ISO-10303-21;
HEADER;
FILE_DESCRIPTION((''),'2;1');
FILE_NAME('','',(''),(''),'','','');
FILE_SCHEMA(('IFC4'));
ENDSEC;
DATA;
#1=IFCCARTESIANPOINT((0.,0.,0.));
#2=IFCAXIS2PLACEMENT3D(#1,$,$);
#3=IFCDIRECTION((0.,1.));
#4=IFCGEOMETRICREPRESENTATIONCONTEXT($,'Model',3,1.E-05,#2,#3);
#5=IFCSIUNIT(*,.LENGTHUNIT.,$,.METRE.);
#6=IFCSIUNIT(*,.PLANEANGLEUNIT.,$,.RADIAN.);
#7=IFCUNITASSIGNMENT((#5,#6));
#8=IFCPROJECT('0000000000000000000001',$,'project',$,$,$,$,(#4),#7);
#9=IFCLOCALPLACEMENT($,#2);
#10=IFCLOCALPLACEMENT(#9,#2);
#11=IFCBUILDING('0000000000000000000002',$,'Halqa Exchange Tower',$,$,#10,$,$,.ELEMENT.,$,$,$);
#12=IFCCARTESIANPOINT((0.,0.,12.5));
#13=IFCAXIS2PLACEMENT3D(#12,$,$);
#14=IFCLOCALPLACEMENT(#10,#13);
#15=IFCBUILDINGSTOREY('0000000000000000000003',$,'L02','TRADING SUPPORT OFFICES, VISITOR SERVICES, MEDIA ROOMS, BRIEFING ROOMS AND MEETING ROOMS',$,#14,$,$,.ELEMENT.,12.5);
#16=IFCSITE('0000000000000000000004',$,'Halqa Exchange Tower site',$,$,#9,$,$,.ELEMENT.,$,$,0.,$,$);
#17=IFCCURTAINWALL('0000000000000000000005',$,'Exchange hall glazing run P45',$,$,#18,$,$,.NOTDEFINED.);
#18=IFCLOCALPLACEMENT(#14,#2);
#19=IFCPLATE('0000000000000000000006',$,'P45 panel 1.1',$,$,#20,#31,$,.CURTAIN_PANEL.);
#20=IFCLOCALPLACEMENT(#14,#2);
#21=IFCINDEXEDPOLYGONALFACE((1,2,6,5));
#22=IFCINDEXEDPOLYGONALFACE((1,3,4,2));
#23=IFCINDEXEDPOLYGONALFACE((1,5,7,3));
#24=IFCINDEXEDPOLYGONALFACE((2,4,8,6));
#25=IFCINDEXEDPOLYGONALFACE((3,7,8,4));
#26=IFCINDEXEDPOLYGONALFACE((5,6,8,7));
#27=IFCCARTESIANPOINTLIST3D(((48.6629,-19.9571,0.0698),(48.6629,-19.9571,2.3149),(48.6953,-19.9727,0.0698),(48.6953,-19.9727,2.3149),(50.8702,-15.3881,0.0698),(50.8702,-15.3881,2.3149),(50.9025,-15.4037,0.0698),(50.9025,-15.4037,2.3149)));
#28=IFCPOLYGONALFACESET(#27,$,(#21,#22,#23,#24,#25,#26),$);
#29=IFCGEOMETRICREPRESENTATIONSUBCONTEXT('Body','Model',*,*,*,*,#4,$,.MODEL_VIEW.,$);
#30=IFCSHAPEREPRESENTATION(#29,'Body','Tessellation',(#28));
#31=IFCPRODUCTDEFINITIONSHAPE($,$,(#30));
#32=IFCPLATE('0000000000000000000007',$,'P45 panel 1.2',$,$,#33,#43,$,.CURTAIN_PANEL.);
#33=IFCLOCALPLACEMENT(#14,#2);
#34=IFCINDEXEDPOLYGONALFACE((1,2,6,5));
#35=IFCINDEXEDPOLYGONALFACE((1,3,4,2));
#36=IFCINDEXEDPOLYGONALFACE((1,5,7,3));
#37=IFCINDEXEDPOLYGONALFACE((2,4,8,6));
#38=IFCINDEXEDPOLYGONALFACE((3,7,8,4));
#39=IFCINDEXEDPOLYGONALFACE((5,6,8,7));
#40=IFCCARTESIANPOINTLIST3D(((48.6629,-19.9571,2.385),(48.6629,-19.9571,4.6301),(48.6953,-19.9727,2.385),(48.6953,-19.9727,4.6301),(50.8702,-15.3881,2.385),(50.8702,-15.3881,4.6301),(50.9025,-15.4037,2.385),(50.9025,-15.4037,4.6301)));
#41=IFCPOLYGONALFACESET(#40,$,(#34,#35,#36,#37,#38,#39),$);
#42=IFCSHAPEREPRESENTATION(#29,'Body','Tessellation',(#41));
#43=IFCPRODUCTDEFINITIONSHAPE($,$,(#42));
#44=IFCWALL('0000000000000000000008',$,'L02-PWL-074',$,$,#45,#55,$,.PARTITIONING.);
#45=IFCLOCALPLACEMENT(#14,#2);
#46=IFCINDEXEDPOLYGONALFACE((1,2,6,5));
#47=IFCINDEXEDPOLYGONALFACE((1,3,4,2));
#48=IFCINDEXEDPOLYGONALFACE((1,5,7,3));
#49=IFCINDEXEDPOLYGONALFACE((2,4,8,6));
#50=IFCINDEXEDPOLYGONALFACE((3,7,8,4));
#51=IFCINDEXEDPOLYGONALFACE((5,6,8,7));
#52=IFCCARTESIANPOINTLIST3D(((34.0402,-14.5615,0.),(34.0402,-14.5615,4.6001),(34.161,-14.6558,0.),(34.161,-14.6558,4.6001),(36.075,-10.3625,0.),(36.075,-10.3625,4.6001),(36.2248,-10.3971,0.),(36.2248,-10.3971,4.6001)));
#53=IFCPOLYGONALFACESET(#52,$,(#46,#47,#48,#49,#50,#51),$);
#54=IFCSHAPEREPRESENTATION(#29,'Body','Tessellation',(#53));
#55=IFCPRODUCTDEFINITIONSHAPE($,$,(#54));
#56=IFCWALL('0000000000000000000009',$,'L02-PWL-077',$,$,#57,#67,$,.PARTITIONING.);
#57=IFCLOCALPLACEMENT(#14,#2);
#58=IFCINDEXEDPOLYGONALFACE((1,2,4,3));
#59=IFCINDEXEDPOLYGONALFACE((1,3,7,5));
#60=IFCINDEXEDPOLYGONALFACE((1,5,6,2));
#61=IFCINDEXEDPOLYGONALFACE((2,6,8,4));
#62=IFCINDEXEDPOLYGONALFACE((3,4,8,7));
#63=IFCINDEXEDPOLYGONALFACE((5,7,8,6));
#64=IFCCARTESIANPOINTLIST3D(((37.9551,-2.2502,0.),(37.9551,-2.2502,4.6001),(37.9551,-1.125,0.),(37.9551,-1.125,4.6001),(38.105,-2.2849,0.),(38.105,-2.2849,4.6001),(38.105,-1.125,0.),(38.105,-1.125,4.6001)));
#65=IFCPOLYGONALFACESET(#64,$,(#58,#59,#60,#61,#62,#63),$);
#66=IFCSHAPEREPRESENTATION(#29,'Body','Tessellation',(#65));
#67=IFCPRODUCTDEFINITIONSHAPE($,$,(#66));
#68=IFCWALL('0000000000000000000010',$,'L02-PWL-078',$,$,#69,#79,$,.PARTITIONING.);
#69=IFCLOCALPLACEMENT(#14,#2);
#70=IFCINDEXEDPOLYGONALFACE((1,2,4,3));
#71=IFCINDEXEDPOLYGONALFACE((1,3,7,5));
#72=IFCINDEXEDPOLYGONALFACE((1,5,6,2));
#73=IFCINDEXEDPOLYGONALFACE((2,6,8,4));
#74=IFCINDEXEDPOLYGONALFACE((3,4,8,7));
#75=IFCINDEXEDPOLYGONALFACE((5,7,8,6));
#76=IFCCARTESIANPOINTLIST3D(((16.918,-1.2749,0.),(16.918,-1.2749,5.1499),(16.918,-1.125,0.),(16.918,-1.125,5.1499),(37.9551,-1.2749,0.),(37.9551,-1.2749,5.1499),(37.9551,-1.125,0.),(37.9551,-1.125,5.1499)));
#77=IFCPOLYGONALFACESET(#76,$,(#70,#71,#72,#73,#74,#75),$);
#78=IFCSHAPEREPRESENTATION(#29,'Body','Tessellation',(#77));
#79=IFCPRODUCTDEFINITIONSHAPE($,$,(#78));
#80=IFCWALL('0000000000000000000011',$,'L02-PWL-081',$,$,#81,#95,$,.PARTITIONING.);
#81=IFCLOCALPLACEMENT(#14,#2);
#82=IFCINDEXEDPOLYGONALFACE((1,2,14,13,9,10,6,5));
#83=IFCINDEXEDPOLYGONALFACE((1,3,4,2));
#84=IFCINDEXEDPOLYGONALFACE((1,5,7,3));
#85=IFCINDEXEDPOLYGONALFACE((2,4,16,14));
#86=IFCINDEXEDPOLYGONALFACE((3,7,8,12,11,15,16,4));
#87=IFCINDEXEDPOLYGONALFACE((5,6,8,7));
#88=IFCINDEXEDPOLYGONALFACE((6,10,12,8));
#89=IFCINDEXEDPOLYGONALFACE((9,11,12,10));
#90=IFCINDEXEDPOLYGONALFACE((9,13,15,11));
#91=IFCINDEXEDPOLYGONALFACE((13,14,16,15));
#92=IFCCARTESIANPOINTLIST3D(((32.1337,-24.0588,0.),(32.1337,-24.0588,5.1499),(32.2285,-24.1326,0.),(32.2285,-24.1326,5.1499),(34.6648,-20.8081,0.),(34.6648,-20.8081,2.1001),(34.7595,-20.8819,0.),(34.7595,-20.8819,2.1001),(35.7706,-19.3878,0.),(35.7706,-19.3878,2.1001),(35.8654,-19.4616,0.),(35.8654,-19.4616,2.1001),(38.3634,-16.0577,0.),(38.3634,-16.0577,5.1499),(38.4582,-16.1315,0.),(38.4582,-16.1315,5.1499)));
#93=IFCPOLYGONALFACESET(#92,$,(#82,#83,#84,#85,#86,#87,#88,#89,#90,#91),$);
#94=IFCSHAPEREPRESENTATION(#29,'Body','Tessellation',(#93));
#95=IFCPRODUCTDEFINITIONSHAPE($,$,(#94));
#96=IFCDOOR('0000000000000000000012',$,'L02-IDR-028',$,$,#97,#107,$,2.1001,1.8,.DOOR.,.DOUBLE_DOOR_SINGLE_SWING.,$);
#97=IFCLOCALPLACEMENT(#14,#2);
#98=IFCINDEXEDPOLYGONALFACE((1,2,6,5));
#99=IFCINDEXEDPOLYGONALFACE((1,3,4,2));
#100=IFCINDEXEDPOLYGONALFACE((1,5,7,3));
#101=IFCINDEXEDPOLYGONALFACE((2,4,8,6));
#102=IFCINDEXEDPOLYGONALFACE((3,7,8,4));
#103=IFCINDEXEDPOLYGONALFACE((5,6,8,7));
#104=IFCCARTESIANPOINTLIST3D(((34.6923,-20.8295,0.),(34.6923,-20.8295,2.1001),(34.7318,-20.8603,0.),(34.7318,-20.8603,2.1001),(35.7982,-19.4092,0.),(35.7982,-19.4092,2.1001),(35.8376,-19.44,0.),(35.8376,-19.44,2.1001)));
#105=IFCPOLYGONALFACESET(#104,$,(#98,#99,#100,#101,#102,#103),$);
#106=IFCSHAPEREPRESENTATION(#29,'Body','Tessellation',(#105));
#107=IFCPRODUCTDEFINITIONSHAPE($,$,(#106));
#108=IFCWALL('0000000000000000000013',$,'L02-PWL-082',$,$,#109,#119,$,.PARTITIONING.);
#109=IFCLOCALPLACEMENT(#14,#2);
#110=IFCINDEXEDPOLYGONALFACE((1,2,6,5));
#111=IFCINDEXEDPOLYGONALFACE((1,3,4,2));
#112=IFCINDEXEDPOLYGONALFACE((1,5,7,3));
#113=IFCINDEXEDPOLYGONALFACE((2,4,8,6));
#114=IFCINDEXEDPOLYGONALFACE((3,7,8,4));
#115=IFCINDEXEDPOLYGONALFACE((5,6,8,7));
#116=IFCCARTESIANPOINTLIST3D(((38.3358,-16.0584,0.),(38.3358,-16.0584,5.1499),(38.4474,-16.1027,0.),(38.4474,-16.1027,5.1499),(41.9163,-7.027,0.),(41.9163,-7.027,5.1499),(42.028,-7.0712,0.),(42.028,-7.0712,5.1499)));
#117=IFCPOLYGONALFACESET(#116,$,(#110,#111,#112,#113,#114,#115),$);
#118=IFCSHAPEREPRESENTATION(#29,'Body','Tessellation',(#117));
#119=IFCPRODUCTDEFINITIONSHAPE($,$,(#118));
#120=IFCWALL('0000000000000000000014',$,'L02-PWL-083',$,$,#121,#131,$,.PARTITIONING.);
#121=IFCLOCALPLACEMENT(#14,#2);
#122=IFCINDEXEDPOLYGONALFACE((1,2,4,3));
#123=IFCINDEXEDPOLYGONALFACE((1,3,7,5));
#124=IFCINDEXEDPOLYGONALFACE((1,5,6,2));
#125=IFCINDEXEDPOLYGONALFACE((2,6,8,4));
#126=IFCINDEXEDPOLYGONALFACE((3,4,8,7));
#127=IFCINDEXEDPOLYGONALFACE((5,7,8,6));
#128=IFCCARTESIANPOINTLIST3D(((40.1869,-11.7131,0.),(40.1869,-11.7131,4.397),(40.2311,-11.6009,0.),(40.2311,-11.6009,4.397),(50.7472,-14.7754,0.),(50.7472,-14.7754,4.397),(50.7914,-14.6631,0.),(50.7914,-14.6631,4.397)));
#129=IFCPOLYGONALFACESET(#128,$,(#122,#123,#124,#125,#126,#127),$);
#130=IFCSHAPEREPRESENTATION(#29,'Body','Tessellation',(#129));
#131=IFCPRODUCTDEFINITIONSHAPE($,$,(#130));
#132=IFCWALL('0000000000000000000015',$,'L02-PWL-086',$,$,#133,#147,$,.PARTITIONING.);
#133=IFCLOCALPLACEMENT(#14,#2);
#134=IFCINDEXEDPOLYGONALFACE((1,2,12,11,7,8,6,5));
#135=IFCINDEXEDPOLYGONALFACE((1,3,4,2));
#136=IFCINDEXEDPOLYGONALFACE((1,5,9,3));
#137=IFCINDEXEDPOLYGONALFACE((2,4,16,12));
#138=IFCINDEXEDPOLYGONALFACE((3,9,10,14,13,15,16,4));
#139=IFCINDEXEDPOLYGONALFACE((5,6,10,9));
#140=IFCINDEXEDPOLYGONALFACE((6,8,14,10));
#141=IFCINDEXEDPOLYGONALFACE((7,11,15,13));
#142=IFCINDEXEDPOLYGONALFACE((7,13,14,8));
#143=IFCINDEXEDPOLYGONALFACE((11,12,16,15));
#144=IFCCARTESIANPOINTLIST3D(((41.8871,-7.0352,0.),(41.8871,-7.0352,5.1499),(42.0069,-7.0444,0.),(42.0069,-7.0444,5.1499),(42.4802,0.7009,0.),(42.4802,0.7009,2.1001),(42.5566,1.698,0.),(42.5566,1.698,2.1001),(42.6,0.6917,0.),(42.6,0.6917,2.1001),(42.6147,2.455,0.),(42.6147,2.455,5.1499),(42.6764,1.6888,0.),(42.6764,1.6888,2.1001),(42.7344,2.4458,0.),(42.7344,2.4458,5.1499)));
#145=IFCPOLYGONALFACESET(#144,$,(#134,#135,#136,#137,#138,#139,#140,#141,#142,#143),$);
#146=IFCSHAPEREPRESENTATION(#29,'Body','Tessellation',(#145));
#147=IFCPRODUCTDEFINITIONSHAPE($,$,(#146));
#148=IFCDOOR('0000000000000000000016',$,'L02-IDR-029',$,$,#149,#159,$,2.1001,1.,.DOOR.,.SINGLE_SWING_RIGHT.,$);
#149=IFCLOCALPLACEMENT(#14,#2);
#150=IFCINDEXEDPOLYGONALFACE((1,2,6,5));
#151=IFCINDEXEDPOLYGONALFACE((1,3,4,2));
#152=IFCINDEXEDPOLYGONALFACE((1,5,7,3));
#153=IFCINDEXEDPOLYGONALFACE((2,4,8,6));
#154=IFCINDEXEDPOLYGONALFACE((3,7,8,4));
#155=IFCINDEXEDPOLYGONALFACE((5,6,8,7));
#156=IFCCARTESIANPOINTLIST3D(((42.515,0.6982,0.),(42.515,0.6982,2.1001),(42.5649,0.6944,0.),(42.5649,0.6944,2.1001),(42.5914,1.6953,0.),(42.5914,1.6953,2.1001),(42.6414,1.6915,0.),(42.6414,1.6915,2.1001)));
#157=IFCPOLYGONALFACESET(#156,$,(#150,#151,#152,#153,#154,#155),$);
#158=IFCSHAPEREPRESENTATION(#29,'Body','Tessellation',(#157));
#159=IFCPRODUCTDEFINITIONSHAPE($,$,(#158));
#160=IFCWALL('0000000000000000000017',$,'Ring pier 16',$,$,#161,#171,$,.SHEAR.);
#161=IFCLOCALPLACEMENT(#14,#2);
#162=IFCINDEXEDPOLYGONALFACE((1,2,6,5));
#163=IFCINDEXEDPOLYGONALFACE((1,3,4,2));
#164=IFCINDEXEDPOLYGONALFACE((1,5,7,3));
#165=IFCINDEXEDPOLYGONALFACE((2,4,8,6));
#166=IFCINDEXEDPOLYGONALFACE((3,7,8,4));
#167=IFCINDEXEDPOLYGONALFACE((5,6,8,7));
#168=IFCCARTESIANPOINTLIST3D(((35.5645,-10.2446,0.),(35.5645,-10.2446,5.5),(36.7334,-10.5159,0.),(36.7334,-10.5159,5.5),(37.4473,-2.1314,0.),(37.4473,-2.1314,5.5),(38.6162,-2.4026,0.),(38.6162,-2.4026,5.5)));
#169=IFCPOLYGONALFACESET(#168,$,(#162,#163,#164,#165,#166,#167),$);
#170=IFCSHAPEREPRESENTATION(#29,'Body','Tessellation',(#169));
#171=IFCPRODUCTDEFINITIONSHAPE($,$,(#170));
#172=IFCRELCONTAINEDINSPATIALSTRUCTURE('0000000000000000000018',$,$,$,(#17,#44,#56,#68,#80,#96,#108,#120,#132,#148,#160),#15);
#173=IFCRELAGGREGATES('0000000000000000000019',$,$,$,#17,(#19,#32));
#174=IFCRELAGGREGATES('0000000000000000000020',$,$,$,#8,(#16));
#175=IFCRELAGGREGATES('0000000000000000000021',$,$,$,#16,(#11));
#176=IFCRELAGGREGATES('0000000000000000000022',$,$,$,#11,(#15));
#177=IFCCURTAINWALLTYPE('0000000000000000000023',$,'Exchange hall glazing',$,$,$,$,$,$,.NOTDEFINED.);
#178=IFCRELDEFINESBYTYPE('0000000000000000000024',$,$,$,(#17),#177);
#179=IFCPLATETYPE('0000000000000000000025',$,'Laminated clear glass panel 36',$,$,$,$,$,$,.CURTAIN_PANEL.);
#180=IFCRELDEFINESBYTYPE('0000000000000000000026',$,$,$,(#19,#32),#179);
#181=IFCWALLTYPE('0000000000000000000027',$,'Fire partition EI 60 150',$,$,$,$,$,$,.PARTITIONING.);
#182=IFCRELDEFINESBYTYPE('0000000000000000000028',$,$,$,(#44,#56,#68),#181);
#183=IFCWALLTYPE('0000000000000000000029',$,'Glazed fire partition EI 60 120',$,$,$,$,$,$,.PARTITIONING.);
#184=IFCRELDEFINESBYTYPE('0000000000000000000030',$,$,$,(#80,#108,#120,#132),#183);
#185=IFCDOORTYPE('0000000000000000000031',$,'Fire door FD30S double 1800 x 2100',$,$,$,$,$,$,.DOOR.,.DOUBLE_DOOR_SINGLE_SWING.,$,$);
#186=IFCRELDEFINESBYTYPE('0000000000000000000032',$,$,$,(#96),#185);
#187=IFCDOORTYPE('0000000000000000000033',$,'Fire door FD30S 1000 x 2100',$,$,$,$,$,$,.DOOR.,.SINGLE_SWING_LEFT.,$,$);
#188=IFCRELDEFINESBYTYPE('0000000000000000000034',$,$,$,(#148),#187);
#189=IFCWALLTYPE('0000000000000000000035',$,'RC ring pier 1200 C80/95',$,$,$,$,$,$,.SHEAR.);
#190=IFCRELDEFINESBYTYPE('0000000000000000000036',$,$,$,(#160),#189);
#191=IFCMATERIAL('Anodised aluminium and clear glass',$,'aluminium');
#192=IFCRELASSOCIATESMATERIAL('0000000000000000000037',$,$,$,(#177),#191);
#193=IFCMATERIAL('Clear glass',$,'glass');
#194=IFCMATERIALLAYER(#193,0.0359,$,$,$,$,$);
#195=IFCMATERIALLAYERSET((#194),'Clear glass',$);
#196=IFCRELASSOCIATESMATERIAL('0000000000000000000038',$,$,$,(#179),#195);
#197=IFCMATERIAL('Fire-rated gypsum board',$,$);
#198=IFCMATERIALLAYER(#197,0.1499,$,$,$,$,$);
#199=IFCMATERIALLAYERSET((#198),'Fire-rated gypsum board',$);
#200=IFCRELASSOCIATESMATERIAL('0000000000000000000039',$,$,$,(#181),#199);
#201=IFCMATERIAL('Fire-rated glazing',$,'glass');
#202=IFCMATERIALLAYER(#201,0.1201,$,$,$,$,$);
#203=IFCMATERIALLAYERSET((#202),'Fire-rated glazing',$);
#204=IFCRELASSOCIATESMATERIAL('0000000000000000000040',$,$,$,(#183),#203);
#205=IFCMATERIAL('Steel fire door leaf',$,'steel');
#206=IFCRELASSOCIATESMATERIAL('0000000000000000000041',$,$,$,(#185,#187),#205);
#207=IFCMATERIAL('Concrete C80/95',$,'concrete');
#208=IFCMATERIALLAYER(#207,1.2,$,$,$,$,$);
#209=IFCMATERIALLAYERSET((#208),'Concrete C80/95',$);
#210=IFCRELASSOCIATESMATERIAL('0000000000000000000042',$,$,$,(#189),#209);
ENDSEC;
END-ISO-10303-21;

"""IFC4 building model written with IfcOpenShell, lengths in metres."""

from ifc_helpers import new_model, si_unit, direction, frame, frame_2d, origin, origin_2d, place, context, subcontext, project, spatial, polyline, rectangle, outline, extrude, material, layer, layer_set, type_object, element, fill, aggregate, save


model = new_model("IFC4")

# Units and contexts
model_context = context("Model", 3, precision=1e-05, world=origin(), true_north=direction((0.0, 1.0)))
body_context = subcontext(model_context, "Body", "Model", "MODEL_VIEW")
ifc_project = project(units=[si_unit("LENGTHUNIT", "METRE"), si_unit("PLANEANGLEUNIT", "RADIAN")], contexts=[model_context])

# Site, building, storey
site_placement = place(None, origin())
site = spatial("IfcSite", under=ifc_project, at=site_placement, Name="Halqa Exchange Tower site", CompositionType="ELEMENT", RefElevation=0.0)
building_placement = place(site_placement, origin())
building = spatial("IfcBuilding", under=site, at=building_placement, Name="Halqa Exchange Tower", CompositionType="ELEMENT")
storey_placement = place(building_placement, frame((0.0, 0.0, 12.5)))
storey = spatial("IfcBuildingStorey", under=building, at=storey_placement, Name="L02", Description="TRADING SUPPORT OFFICES, VISITOR SERVICES, MEDIA ROOMS, BRIEFING ROOMS AND MEETING ROOMS", CompositionType="ELEMENT", Elevation=12.5)

# Shared definitions
ifc_material_1 = material(Name="Anodised aluminium and clear glass", Category="aluminium")
curtain_wall_type = type_object("IfcCurtainWallType", Name="Exchange hall glazing", PredefinedType="NOTDEFINED", material=ifc_material_1)

# Curtain wall
curtain_wall_1_placement = place(storey_placement, origin())
curtain_wall_1 = element("IfcCurtainWall", 1, at=curtain_wall_1_placement, inside=storey, type_object=curtain_wall_type, Name="Exchange hall glazing run P45", PredefinedType="NOTDEFINED")

# Plates
ifc_material_2 = material(Name="Clear glass", Category="glass")
ifc_layer_1 = layer(ifc_material_2, 0.0359)
ifc_layer_set_1 = layer_set([ifc_layer_1], Name="Clear glass")
plate_type = type_object("IfcPlateType", Name="Laminated clear glass panel 36", PredefinedType="CURTAIN_PANEL", material=ifc_layer_set_1)
plate_1_placement = place(storey_placement, frame((49.7827, -17.6804, 0.0698), z_axis=(0.0, 0.0, 1.0), x_axis=(0.43499, 0.900435, 0.0)))
plate_1 = element("IfcPlate", 2, at=plate_1_placement, type_object=plate_type, Name="P45 panel 1.1", PredefinedType="CURTAIN_PANEL", context=body_context, shape_type="SweptSolid", body=[
    extrude(rectangle(XDim=5.0742, YDim=0.0359, at=origin_2d()), origin(), (0.0, 0.0, 1.0), 2.2451),
])
plate_2_placement = place(storey_placement, frame((49.7827, -17.6804, 2.385), z_axis=(0.0, 0.0, 1.0), x_axis=(0.43499, 0.900435, 0.0)))
plate_2 = element("IfcPlate", 3, at=plate_2_placement, type_object=plate_type, Name="P45 panel 1.2", PredefinedType="CURTAIN_PANEL", context=body_context, shape_type="SweptSolid", body=[
    extrude(rectangle(XDim=5.0742, YDim=0.0359, at=origin_2d()), origin(), (0.0, 0.0, 1.0), 2.2451),
])
aggregate(curtain_wall_1, [plate_1, plate_2])

# Walls
ifc_material_3 = material(Name="Fire-rated gypsum board")
ifc_layer_2 = layer(ifc_material_3, 0.1499)
ifc_layer_set_2 = layer_set([ifc_layer_2], Name="Fire-rated gypsum board")
wall_type_1 = type_object("IfcWallType", Name="Fire partition EI 60 150", PredefinedType="PARTITIONING", material=ifc_layer_set_2)
wall_1_placement = place(storey_placement, frame((34.1006, -14.6086, 0.0), z_axis=(0.0, 0.0, 1.0), x_axis=(0.436103, 0.899897, 0.0)))
element("IfcWall", 4, at=wall_1_placement, inside=storey, type_object=wall_type_1, Name="L02-PWL-074", PredefinedType="PARTITIONING", context=body_context, shape_type="SweptSolid", body=[
    extrude(outline(polyline([(-0.0161, -0.075), (4.7163, -0.075), (4.6821, 0.075), (0.0161, 0.075), (-0.0161, -0.075)])), origin(), (0.0, 0.0, 1.0), 4.6001),
])
wall_2_placement = place(storey_placement, frame((38.03, -2.2676, 0.0), z_axis=(0.0, 0.0, 1.0), x_axis=(0.0, 1.0, 0.0)))
element("IfcWall", 5, at=wall_2_placement, inside=storey, type_object=wall_type_1, Name="L02-PWL-077", PredefinedType="PARTITIONING", context=body_context, shape_type="SweptSolid", body=[
    extrude(outline(polyline([(-0.0173, -0.075), (1.1426, -0.075), (1.1426, 0.075), (0.0173, 0.075), (-0.0173, -0.075)])), origin(), (0.0, 0.0, 1.0), 4.6001),
])
wall_3_placement = place(storey_placement, frame((37.9551, -1.2, 0.0), z_axis=(0.0, 0.0, 1.0), x_axis=(-1.0, 0.0, 0.0)))
element("IfcWall", 6, at=wall_3_placement, inside=storey, type_object=wall_type_1, Name="L02-PWL-078", PredefinedType="PARTITIONING", context=body_context, shape_type="SweptSolid", body=[
    extrude(rectangle(XDim=21.0371, YDim=0.1499, at=frame_2d((10.5186, 0.0))), origin(), (0.0, 0.0, 1.0), 5.1499),
])

# Wall, opening, door
ifc_material_4 = material(Name="Fire-rated glazing", Category="glass")
ifc_layer_3 = layer(ifc_material_4, 0.1201)
ifc_layer_set_3 = layer_set([ifc_layer_3], Name="Fire-rated glazing")
wall_type_2 = type_object("IfcWallType", Name="Glazed fire partition EI 60 120", PredefinedType="PARTITIONING", material=ifc_layer_set_3)
wall_4_placement = place(storey_placement, frame((38.4109, -16.0945, 0.0), z_axis=(0.0, 0.0, 1.0), x_axis=(-0.614344, -0.789038, 0.0)))
wall_4 = element("IfcWall", 7, at=wall_4_placement, inside=storey, type_object=wall_type_2, Name="L02-PWL-081", PredefinedType="PARTITIONING", context=body_context, shape_type="SweptSolid", body=[
    extrude(rectangle(XDim=10.1404, YDim=0.1201, at=frame_2d((5.0703, 0.0))), origin(), (0.0, 0.0, 1.0), 5.1499),
])
opening_1_placement = place(wall_4_placement, frame((4.2207, 0.0, 0.0)))
opening_1 = element("IfcOpeningElement", 8, at=opening_1_placement, cuts=wall_4, PredefinedType="OPENING", context=body_context, shape_type="SweptSolid", body=[
    extrude(rectangle(XDim=1.8, YDim=2.1001, at=frame_2d((0.8999, 1.05))), frame((0.0, 0.072, 0.0), z_axis=(0.0, -1.0, 0.0), x_axis=(1.0, 0.0, 0.0)), (0.0, 0.0, 1.0), 0.144),
])
ifc_material_5 = material(Name="Steel fire door leaf", Category="steel")
door_type_1 = type_object("IfcDoorType", Name="Fire door FD30S double 1800 x 2100", OperationType="DOUBLE_DOOR_SINGLE_SWING", PredefinedType="DOOR", material=ifc_material_5)
door_1_placement = place(opening_1_placement, origin())
door_1 = element("IfcDoor", 9, at=door_1_placement, inside=storey, type_object=door_type_1, Name="L02-IDR-028", OperationType="DOUBLE_DOOR_SINGLE_SWING", OverallHeight=2.1001, OverallWidth=1.8, PredefinedType="DOOR", context=body_context, shape_type="SweptSolid", body=[
    extrude(rectangle(XDim=1.8, YDim=2.1001, at=frame_2d((0.8999, 1.05))), frame((0.0, 0.0249, 0.0), z_axis=(0.0, -1.0, 0.0), x_axis=(1.0, 0.0, 0.0)), (0.0, 0.0, 1.0), 0.05),
])
fill(opening_1, door_1)

# Walls
wall_5_placement = place(storey_placement, frame((38.3916, -16.0806, 0.0), z_axis=(0.0, 0.0, 1.0), x_axis=(0.368547, 0.929609, 0.0)))
element("IfcWall", 10, at=wall_5_placement, inside=storey, type_object=wall_type_2, Name="L02-PWL-082", PredefinedType="PARTITIONING", context=body_context, shape_type="SweptSolid", body=[
    extrude(rectangle(XDim=9.7153, YDim=0.1201, at=frame_2d((4.8577, 0.0))), origin(), (0.0, 0.0, 1.0), 5.1499),
])
wall_6_placement = place(storey_placement, frame((40.209, -11.657, 0.0), z_axis=(0.0, 0.0, 1.0), x_axis=(0.960435, -0.278505, 0.0)))
element("IfcWall", 11, at=wall_6_placement, inside=storey, type_object=wall_type_2, Name="L02-PWL-083", PredefinedType="PARTITIONING", context=body_context, shape_type="SweptSolid", body=[
    extrude(outline(polyline([(-0.0056, -0.0601), (10.9897, -0.0601), (11.001, 0.0601), (0.0056, 0.0601), (-0.0056, -0.0601)])), origin(), (0.0, 0.0, 1.0), 4.397),
])

# Wall, opening, door
wall_7_placement = place(storey_placement, frame((41.947, -7.0398, 0.0), z_axis=(0.0, 0.0, 1.0), x_axis=(0.076438, 0.997074, 0.0)))
wall_7 = element("IfcWall", 12, at=wall_7_placement, inside=storey, type_object=wall_type_2, Name="L02-PWL-086", PredefinedType="PARTITIONING", context=body_context, shape_type="SweptSolid", body=[
    extrude(rectangle(XDim=9.5181, YDim=0.1201, at=frame_2d((4.759, 0.0))), origin(), (0.0, 0.0, 1.0), 5.1499),
])
opening_2_placement = place(wall_7_placement, frame((7.7588, 0.0, 0.0)))
opening_2 = element("IfcOpeningElement", 13, at=opening_2_placement, cuts=wall_7, PredefinedType="OPENING", context=body_context, shape_type="SweptSolid", body=[
    extrude(rectangle(XDim=1.0, YDim=2.1001, at=frame_2d((0.5, 1.05))), frame((0.0, 0.072, 0.0), z_axis=(0.0, -1.0, 0.0), x_axis=(1.0, 0.0, 0.0)), (0.0, 0.0, 1.0), 0.144),
])
door_type_2 = type_object("IfcDoorType", Name="Fire door FD30S 1000 x 2100", OperationType="SINGLE_SWING_LEFT", PredefinedType="DOOR", material=ifc_material_5)
door_2_placement = place(opening_2_placement, frame((1.0, 0.0, 0.0), z_axis=(0.0, 0.0, 1.0), x_axis=(-1.0, 0.0, 0.0)))
door_2 = element("IfcDoor", 14, at=door_2_placement, inside=storey, type_object=door_type_2, Name="L02-IDR-029", OperationType="SINGLE_SWING_RIGHT", OverallHeight=2.1001, OverallWidth=1.0, PredefinedType="DOOR", context=body_context, shape_type="SweptSolid", body=[
    extrude(rectangle(XDim=1.0, YDim=2.1001, at=frame_2d((0.5, 1.05))), frame((0.0, 0.0249, 0.0), z_axis=(0.0, -1.0, 0.0), x_axis=(1.0, 0.0, 0.0)), (0.0, 0.0, 1.0), 0.05),
])
fill(opening_2, door_2)

# Wall
ifc_material_6 = material(Name="Concrete C80/95", Category="concrete")
ifc_layer_4 = layer(ifc_material_6, 1.2)
ifc_layer_set_4 = layer_set([ifc_layer_4], Name="Concrete C80/95")
wall_type_3 = type_object("IfcWallType", Name="RC ring pier 1200 C80/95", PredefinedType="SHEAR", material=ifc_layer_set_4)
wall_8_placement = place(storey_placement, frame((36.1489, -10.3804, 0.0), z_axis=(0.0, 0.0, 1.0), x_axis=(0.226058, 0.974114, 0.0)))
element("IfcWall", 15, at=wall_8_placement, inside=storey, type_object=wall_type_3, Name="Ring pier 16", PredefinedType="SHEAR", context=body_context, shape_type="SweptSolid", body=[
    extrude(rectangle(XDim=8.3289, YDim=1.2, at=frame_2d((4.1646, 0.0))), origin(), (0.0, 0.0, 1.0), 5.5),
])

save(model, "model.ifc")
